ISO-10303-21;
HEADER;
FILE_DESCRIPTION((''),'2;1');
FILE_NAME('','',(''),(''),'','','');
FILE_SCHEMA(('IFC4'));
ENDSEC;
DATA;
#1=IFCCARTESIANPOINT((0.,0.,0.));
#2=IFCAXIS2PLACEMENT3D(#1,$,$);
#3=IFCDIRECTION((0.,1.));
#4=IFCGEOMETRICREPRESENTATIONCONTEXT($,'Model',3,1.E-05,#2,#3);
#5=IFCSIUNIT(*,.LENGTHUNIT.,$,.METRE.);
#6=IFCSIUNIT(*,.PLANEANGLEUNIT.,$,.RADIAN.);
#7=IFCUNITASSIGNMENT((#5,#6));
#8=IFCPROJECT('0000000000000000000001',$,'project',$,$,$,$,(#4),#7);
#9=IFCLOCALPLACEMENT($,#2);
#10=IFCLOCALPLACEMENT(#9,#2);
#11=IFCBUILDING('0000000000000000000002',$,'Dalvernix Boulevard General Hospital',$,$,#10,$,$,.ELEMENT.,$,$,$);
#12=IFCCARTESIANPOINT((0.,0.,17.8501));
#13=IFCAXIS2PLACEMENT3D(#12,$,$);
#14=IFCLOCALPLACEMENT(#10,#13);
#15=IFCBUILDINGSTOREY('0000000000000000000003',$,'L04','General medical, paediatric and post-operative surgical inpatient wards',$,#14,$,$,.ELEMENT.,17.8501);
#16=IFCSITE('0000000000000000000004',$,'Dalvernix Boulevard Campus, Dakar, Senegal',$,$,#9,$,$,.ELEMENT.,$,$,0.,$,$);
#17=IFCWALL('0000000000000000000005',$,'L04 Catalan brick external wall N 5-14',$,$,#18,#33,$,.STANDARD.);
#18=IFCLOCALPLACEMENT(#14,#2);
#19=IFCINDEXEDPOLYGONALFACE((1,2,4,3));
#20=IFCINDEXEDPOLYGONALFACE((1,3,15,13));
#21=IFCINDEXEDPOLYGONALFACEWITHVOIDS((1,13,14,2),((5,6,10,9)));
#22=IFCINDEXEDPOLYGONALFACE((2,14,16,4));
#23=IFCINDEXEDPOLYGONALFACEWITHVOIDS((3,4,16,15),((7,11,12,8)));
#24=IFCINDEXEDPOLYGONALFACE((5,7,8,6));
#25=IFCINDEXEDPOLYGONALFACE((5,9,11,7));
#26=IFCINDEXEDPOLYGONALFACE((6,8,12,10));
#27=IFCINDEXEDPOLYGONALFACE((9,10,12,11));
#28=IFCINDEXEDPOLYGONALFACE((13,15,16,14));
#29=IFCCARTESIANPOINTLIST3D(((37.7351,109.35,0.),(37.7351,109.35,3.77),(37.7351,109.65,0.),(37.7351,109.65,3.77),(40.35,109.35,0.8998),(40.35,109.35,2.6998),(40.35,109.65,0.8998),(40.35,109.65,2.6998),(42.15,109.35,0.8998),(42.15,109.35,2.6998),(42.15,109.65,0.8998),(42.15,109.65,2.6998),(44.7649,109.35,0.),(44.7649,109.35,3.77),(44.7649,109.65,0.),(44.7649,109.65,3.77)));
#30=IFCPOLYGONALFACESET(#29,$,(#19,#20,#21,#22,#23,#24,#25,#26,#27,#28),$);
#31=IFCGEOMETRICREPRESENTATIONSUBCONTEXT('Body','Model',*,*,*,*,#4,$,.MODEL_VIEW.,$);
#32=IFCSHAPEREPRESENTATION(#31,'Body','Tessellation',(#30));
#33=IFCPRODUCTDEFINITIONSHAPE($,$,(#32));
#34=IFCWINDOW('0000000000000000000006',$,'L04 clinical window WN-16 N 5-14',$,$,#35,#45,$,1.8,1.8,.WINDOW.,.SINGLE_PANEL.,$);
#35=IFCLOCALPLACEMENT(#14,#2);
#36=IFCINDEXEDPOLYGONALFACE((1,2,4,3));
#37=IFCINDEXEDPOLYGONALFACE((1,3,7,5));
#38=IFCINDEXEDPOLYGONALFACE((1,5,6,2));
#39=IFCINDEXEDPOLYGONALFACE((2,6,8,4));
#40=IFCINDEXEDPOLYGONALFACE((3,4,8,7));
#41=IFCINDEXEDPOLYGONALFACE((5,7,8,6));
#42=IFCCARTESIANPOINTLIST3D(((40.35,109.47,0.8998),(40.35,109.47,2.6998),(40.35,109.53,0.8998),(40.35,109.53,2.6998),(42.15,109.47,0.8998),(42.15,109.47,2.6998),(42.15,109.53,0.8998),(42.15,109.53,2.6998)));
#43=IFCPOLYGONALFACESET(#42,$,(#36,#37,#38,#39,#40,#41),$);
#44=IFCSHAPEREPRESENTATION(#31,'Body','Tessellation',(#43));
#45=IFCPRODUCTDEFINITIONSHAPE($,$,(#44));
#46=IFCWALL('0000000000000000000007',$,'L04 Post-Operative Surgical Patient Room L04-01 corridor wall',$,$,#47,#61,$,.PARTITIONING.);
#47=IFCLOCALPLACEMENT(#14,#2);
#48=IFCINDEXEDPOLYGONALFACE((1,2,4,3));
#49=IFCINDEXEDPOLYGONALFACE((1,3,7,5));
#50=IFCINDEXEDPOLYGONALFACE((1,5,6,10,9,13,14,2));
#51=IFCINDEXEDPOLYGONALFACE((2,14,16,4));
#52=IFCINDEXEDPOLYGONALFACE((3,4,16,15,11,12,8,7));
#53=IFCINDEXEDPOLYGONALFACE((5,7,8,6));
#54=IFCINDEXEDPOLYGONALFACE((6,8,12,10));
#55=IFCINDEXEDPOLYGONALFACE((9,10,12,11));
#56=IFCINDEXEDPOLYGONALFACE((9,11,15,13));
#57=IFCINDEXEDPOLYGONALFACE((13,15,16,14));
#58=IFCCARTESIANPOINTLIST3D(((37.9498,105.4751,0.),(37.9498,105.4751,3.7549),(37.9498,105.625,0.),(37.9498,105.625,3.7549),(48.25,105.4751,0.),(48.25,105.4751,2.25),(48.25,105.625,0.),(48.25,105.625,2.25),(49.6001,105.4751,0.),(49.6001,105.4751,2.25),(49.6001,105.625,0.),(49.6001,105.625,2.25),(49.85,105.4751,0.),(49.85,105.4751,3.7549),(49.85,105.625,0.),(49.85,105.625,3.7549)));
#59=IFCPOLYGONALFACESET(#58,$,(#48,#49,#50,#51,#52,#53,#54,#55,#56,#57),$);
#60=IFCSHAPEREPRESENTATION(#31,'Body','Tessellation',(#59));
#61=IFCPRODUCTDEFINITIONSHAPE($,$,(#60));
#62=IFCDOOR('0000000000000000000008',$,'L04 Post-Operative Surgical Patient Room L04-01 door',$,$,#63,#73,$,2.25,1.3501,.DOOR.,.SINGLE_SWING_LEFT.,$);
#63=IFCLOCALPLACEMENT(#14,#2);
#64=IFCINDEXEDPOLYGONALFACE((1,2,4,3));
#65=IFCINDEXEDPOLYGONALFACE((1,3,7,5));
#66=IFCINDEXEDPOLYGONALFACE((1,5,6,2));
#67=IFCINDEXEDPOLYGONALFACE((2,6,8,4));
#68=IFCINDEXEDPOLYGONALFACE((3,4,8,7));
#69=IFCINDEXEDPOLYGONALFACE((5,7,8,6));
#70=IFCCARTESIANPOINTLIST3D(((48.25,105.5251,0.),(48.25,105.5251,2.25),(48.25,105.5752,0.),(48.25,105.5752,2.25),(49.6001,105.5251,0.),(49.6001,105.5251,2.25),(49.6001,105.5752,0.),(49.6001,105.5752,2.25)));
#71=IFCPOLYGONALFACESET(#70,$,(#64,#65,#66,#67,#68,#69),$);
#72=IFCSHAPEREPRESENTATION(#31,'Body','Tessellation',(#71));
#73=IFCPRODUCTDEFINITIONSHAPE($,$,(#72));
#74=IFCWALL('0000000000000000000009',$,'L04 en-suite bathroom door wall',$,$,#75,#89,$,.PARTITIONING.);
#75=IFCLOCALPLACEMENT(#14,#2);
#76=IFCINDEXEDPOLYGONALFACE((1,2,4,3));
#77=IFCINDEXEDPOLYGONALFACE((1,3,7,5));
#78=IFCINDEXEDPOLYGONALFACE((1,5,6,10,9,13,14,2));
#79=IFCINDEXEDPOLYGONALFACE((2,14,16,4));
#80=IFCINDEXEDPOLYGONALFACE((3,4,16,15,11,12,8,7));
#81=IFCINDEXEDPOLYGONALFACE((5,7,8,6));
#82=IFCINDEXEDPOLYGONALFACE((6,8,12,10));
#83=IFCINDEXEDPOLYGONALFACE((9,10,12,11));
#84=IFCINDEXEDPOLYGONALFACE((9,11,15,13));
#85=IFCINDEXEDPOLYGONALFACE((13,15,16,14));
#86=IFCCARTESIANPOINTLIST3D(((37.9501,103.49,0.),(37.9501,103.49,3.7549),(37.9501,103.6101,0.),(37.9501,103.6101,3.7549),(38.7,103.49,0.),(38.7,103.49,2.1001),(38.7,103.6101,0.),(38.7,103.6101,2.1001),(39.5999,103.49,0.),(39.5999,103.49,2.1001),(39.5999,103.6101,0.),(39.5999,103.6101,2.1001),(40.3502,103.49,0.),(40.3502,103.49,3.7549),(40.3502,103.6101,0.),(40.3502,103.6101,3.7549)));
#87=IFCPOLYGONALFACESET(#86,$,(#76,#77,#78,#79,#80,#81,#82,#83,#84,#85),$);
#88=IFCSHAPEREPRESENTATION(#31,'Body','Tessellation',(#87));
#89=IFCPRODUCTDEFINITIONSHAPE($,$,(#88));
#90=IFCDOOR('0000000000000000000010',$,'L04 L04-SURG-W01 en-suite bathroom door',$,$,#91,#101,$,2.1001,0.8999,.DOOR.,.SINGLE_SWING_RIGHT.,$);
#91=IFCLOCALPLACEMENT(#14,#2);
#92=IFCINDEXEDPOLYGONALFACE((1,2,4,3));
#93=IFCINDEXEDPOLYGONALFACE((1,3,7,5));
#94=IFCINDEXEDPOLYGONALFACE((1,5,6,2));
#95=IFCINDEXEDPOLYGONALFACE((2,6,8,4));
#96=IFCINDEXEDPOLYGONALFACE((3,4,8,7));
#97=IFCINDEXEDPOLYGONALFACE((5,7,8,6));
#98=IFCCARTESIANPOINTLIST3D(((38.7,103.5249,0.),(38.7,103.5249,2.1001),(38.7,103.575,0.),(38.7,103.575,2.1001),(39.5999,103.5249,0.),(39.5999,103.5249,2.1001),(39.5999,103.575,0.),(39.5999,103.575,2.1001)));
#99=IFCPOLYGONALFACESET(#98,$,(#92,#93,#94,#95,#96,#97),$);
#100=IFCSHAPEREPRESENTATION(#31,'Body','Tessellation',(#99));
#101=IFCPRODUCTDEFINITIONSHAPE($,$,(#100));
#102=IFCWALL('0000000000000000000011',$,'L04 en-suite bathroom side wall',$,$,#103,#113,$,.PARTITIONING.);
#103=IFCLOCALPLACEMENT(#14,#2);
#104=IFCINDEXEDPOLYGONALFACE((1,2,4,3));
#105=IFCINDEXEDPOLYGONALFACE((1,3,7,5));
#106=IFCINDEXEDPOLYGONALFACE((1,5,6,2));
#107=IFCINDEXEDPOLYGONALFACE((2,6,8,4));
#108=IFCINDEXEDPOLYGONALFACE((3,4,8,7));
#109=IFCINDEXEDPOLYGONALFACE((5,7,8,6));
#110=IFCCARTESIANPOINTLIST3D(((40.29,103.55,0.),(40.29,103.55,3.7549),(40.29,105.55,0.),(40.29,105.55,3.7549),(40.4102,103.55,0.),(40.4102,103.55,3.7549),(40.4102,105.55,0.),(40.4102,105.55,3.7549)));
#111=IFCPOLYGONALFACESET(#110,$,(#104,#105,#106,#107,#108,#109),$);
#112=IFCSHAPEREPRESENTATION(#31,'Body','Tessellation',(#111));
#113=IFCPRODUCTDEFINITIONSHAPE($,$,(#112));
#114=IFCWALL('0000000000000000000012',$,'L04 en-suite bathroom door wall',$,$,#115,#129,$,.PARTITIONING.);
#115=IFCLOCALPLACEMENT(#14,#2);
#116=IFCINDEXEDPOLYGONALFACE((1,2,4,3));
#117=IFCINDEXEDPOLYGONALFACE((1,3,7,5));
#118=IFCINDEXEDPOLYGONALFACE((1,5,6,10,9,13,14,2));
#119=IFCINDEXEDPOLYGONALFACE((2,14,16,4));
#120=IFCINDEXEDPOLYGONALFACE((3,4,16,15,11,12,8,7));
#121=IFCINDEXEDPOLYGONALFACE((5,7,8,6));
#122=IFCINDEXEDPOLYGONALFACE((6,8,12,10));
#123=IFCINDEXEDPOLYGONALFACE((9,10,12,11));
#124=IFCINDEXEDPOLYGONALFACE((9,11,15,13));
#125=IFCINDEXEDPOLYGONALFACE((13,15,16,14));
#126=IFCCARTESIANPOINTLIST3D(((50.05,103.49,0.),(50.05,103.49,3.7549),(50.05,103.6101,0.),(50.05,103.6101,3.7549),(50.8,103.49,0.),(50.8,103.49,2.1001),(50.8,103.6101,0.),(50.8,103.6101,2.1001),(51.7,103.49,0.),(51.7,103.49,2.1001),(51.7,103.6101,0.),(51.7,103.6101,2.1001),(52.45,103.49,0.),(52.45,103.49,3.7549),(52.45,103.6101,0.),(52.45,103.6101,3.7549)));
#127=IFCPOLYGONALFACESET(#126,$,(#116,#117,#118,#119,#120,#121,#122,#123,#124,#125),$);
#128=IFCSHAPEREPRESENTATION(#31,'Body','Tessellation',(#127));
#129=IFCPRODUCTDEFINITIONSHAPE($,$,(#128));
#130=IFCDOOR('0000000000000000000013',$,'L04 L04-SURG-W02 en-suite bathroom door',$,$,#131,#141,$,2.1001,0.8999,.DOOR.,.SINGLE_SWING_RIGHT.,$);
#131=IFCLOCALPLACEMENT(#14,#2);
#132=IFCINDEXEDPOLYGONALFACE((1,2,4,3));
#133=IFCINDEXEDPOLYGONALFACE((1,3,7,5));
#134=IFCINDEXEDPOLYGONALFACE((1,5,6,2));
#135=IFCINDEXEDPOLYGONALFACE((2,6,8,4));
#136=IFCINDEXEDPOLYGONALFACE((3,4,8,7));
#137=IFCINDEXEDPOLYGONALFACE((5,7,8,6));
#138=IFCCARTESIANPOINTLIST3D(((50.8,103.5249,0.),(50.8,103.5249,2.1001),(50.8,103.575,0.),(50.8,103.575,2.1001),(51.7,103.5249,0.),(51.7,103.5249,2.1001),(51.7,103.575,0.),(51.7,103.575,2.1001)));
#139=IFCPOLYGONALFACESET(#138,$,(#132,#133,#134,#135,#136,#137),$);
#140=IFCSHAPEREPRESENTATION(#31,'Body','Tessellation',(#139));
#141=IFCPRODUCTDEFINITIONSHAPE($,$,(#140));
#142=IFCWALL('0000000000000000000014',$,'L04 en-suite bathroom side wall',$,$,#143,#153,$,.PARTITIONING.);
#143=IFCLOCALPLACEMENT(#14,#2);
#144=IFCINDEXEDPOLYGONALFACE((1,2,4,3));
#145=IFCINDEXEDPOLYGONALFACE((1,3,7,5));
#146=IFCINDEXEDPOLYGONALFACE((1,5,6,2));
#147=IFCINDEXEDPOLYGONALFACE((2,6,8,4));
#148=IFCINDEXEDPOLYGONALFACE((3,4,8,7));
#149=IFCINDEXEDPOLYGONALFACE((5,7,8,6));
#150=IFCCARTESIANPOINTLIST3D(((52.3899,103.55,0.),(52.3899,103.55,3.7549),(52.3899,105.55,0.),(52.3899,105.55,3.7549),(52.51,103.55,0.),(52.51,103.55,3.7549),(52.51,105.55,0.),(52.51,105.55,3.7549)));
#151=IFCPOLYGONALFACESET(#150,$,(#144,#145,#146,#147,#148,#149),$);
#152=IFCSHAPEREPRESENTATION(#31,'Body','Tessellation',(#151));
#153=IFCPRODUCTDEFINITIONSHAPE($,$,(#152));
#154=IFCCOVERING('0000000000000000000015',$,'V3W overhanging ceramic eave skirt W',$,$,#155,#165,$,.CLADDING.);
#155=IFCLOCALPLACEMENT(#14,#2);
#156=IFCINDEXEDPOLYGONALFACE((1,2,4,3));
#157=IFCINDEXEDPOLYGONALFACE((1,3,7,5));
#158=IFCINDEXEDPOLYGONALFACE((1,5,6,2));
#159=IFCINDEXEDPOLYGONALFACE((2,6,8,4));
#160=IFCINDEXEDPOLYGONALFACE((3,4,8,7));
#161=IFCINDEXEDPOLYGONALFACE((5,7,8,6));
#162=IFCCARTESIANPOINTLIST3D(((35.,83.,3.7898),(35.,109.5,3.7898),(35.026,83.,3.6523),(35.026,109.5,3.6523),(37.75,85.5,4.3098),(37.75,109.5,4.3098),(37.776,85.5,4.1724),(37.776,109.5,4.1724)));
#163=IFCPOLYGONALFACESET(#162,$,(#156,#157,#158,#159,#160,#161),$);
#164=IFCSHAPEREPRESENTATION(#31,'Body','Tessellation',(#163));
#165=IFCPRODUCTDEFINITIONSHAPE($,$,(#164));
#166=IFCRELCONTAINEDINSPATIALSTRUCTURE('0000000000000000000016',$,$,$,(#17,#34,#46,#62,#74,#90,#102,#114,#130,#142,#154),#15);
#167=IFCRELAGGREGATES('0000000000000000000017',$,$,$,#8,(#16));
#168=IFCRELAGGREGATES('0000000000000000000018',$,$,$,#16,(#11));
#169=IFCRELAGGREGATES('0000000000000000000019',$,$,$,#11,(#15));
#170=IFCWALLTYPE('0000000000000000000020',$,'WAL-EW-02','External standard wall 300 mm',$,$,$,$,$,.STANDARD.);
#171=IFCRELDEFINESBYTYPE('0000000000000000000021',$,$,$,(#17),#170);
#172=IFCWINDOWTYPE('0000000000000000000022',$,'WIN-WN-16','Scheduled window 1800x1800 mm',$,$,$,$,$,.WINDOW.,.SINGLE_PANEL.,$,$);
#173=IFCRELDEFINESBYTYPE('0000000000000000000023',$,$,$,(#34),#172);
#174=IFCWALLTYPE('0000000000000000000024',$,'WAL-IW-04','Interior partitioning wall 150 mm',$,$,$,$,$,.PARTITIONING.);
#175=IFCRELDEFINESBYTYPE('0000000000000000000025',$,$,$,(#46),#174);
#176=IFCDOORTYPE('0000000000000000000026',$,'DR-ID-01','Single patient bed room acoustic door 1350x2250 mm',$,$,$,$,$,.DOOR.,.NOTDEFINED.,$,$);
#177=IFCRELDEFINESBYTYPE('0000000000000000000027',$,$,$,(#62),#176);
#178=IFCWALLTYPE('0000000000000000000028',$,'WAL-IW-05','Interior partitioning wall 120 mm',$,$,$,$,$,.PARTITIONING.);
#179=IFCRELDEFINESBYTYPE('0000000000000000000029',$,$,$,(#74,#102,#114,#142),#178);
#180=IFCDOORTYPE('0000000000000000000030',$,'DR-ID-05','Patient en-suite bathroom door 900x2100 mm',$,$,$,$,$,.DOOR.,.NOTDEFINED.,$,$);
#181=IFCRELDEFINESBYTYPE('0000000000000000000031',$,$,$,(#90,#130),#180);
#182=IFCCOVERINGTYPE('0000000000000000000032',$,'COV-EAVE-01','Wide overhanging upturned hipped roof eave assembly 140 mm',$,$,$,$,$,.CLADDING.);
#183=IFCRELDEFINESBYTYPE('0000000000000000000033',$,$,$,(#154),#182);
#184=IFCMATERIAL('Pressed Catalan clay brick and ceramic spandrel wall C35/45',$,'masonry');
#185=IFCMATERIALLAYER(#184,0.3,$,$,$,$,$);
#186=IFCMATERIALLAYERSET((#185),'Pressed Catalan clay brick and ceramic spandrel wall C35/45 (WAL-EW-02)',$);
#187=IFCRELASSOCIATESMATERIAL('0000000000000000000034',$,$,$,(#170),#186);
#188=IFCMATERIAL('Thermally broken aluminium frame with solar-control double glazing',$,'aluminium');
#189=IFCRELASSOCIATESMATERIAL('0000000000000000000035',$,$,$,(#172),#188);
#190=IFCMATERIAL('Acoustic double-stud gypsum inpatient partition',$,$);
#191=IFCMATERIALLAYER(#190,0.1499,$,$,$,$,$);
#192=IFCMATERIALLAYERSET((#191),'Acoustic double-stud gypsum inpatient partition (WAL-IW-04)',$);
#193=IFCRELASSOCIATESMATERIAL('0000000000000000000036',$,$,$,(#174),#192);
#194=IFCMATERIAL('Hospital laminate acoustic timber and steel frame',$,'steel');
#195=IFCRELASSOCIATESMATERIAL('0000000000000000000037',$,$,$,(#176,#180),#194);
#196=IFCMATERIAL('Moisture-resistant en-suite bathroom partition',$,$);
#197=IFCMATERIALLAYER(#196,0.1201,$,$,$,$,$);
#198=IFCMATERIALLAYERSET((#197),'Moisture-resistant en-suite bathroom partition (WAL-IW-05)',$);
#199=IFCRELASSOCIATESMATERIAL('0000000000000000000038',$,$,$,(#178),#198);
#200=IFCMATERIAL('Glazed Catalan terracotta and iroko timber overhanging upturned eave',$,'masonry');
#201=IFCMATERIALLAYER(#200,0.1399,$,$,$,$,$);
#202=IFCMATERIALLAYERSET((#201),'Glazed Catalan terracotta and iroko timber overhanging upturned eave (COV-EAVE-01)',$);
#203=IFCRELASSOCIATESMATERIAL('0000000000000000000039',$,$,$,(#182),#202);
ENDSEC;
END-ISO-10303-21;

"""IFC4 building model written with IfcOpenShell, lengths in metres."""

from ifc_helpers import new_model, si_unit, direction, frame, frame_2d, origin, place, context, subcontext, project, spatial, polyline, rectangle, outline, extrude, material, layer, layer_set, type_object, element, fill, save


model = new_model("IFC4")

# Units and contexts
model_context = context("Model", 3, precision=1e-05, world=origin(), true_north=direction((0.0, 1.0)))
body_context = subcontext(model_context, "Body", "Model", "MODEL_VIEW")
ifc_project = project(units=[si_unit("LENGTHUNIT", "METRE"), si_unit("PLANEANGLEUNIT", "RADIAN")], contexts=[model_context])

# Site, building, storey
site_placement = place(None, origin())
site = spatial("IfcSite", under=ifc_project, at=site_placement, Name="Dalvernix Boulevard Campus, Dakar, Senegal", CompositionType="ELEMENT", RefElevation=0.0)
building_placement = place(site_placement, origin())
building = spatial("IfcBuilding", under=site, at=building_placement, Name="Dalvernix Boulevard General Hospital", CompositionType="ELEMENT")
storey_placement = place(building_placement, frame((0.0, 0.0, 17.8501)))
storey = spatial("IfcBuildingStorey", under=building, at=storey_placement, Name="L04", Description="General medical, paediatric and post-operative surgical inpatient wards", CompositionType="ELEMENT", Elevation=17.8501)

# Wall, opening, window
ifc_material_1 = material(Name="Pressed Catalan clay brick and ceramic spandrel wall C35/45", Category="masonry")
ifc_layer_1 = layer(ifc_material_1, 0.3)
ifc_layer_set_1 = layer_set([ifc_layer_1], Name="Pressed Catalan clay brick and ceramic spandrel wall C35/45 (WAL-EW-02)")
wall_type_1 = type_object("IfcWallType", Name="WAL-EW-02", Description="External standard wall 300 mm", PredefinedType="STANDARD", material=ifc_layer_set_1)
wall_1_placement = place(storey_placement, frame((37.7351, 109.5, 0.0), z_axis=(0.0, 0.0, 1.0), x_axis=(1.0, 0.0, 0.0)))
wall_1 = element("IfcWall", 1, at=wall_1_placement, inside=storey, type_object=wall_type_1, Name="L04 Catalan brick external wall N 5-14", PredefinedType="STANDARD", context=body_context, shape_type="SweptSolid", body=[
    extrude(rectangle(XDim=7.0298, YDim=0.3, at=frame_2d((3.5149, 0.0))), origin(), (0.0, 0.0, 1.0), 3.77),
])
opening_1_placement = place(wall_1_placement, frame((2.615, 0.0, 0.8999)))
opening_1 = element("IfcOpeningElement", 2, at=opening_1_placement, cuts=wall_1, PredefinedType="OPENING", context=body_context, shape_type="SweptSolid", body=[
    extrude(rectangle(XDim=1.8, YDim=1.8, at=frame_2d((0.8999, 0.8999))), frame((0.0, 0.1599, 0.0), z_axis=(0.0, -1.0, 0.0), x_axis=(1.0, 0.0, 0.0)), (0.0, 0.0, 1.0), 0.3201),
])
ifc_material_2 = material(Name="Thermally broken aluminium frame with solar-control double glazing", Category="aluminium")
window_type = type_object("IfcWindowType", Name="WIN-WN-16", Description="Scheduled window 1800x1800 mm", PartitioningType="SINGLE_PANEL", PredefinedType="WINDOW", material=ifc_material_2)
window_placement = place(opening_1_placement, origin())
window = element("IfcWindow", 3, at=window_placement, inside=storey, type_object=window_type, Name="L04 clinical window WN-16 N 5-14", OverallHeight=1.8, OverallWidth=1.8, PartitioningType="SINGLE_PANEL", PredefinedType="WINDOW", context=body_context, shape_type="SweptSolid", body=[
    extrude(rectangle(XDim=1.8, YDim=1.8, at=frame_2d((0.8999, 0.8999))), frame((0.0, 0.03, 0.0), z_axis=(0.0, -1.0, 0.0), x_axis=(1.0, 0.0, 0.0)), (0.0, 0.0, 1.0), 0.0601),
])
fill(opening_1, window)

# Walls, openings, doors
ifc_material_3 = material(Name="Acoustic double-stud gypsum inpatient partition")
ifc_layer_2 = layer(ifc_material_3, 0.1499)
ifc_layer_set_2 = layer_set([ifc_layer_2], Name="Acoustic double-stud gypsum inpatient partition (WAL-IW-04)")
wall_type_2 = type_object("IfcWallType", Name="WAL-IW-04", Description="Interior partitioning wall 150 mm", PredefinedType="PARTITIONING", material=ifc_layer_set_2)
wall_2_placement = place(storey_placement, frame((49.8501, 105.55, 0.0), z_axis=(0.0, 0.0, 1.0), x_axis=(-1.0, 0.0, 0.0)))
wall_2 = element("IfcWall", 4, at=wall_2_placement, inside=storey, type_object=wall_type_2, Name="L04 Post-Operative Surgical Patient Room L04-01 corridor wall", PredefinedType="PARTITIONING", context=body_context, shape_type="SweptSolid", body=[
    extrude(rectangle(XDim=11.9001, YDim=0.1499, at=frame_2d((5.9502, 0.0))), origin(), (0.0, 0.0, 1.0), 3.7549),
])
opening_2_placement = place(wall_2_placement, frame((0.25, 0.0, 0.0)))
opening_2 = element("IfcOpeningElement", 5, at=opening_2_placement, cuts=wall_2, PredefinedType="OPENING", context=body_context, shape_type="SweptSolid", body=[
    extrude(rectangle(XDim=1.3501, YDim=2.25, at=frame_2d((0.675, 1.125))), frame((0.0, 0.085, 0.0), z_axis=(0.0, -1.0, 0.0), x_axis=(1.0, 0.0, 0.0)), (0.0, 0.0, 1.0), 0.1699),
])
ifc_material_4 = material(Name="Hospital laminate acoustic timber and steel frame", Category="steel")
door_type_1 = type_object("IfcDoorType", Name="DR-ID-01", Description="Single patient bed room acoustic door 1350x2250 mm", OperationType="NOTDEFINED", PredefinedType="DOOR", material=ifc_material_4)
door_1_placement = place(opening_2_placement, origin())
door_1 = element("IfcDoor", 6, at=door_1_placement, inside=storey, type_object=door_type_1, Name="L04 Post-Operative Surgical Patient Room L04-01 door", OperationType="SINGLE_SWING_LEFT", OverallHeight=2.25, OverallWidth=1.3501, PredefinedType="DOOR", context=body_context, shape_type="SweptSolid", body=[
    extrude(rectangle(XDim=1.3501, YDim=2.25, at=frame_2d((0.675, 1.125))), frame((0.0, 0.0249, 0.0), z_axis=(0.0, -1.0, 0.0), x_axis=(1.0, 0.0, 0.0)), (0.0, 0.0, 1.0), 0.05),
])
fill(opening_2, door_1)
ifc_material_5 = material(Name="Moisture-resistant en-suite bathroom partition")
ifc_layer_3 = layer(ifc_material_5, 0.1201)
ifc_layer_set_3 = layer_set([ifc_layer_3], Name="Moisture-resistant en-suite bathroom partition (WAL-IW-05)")
wall_type_3 = type_object("IfcWallType", Name="WAL-IW-05", Description="Interior partitioning wall 120 mm", PredefinedType="PARTITIONING", material=ifc_layer_set_3)
wall_3_placement = place(storey_placement, frame((37.95, 103.55, 0.0), z_axis=(0.0, 0.0, 1.0), x_axis=(1.0, 0.0, 0.0)))
wall_3 = element("IfcWall", 7, at=wall_3_placement, inside=storey, type_object=wall_type_3, Name="L04 en-suite bathroom door wall", PredefinedType="PARTITIONING", context=body_context, shape_type="SweptSolid", body=[
    extrude(rectangle(XDim=2.4001, YDim=0.1201, at=frame_2d((1.2002, 0.0))), origin(), (0.0, 0.0, 1.0), 3.7549),
])
opening_3_placement = place(wall_3_placement, frame((0.75, 0.0, 0.0)))
opening_3 = element("IfcOpeningElement", 8, at=opening_3_placement, cuts=wall_3, PredefinedType="OPENING", context=body_context, shape_type="SweptSolid", body=[
    extrude(rectangle(XDim=0.8999, YDim=2.1001, at=frame_2d((0.45, 1.05))), frame((0.0, 0.0701, 0.0), z_axis=(0.0, -1.0, 0.0), x_axis=(1.0, 0.0, 0.0)), (0.0, 0.0, 1.0), 0.1401),
])
door_type_2 = type_object("IfcDoorType", Name="DR-ID-05", Description="Patient en-suite bathroom door 900x2100 mm", OperationType="NOTDEFINED", PredefinedType="DOOR", material=ifc_material_4)
door_2_placement = place(opening_3_placement, origin())
door_2 = element("IfcDoor", 9, at=door_2_placement, inside=storey, type_object=door_type_2, Name="L04 L04-SURG-W01 en-suite bathroom door", OperationType="SINGLE_SWING_RIGHT", OverallHeight=2.1001, OverallWidth=0.8999, PredefinedType="DOOR", context=body_context, shape_type="SweptSolid", body=[
    extrude(rectangle(XDim=0.8999, YDim=2.1001, at=frame_2d((0.45, 1.05))), frame((0.0, 0.0249, 0.0), z_axis=(0.0, -1.0, 0.0), x_axis=(1.0, 0.0, 0.0)), (0.0, 0.0, 1.0), 0.05),
])
fill(opening_3, door_2)

# Wall
wall_4_placement = place(storey_placement, frame((40.3501, 103.55, 0.0), z_axis=(0.0, 0.0, 1.0), x_axis=(0.0, 1.0, 0.0)))
element("IfcWall", 10, at=wall_4_placement, inside=storey, type_object=wall_type_3, Name="L04 en-suite bathroom side wall", PredefinedType="PARTITIONING", context=body_context, shape_type="SweptSolid", body=[
    extrude(rectangle(XDim=2.0, YDim=0.1201, at=frame_2d((1.0, 0.0))), origin(), (0.0, 0.0, 1.0), 3.7549),
])

# Wall, opening, door
wall_5_placement = place(storey_placement, frame((50.05, 103.55, 0.0), z_axis=(0.0, 0.0, 1.0), x_axis=(1.0, 0.0, 0.0)))
wall_5 = element("IfcWall", 11, at=wall_5_placement, inside=storey, type_object=wall_type_3, Name="L04 en-suite bathroom door wall", PredefinedType="PARTITIONING", context=body_context, shape_type="SweptSolid", body=[
    extrude(rectangle(XDim=2.3999, YDim=0.1201, at=frame_2d((1.2, 0.0))), origin(), (0.0, 0.0, 1.0), 3.7549),
])
opening_4_placement = place(wall_5_placement, frame((0.75, 0.0, 0.0)))
opening_4 = element("IfcOpeningElement", 12, at=opening_4_placement, cuts=wall_5, PredefinedType="OPENING", context=body_context, shape_type="SweptSolid", body=[
    extrude(rectangle(XDim=0.8999, YDim=2.1001, at=frame_2d((0.45, 1.05))), frame((0.0, 0.0701, 0.0), z_axis=(0.0, -1.0, 0.0), x_axis=(1.0, 0.0, 0.0)), (0.0, 0.0, 1.0), 0.1401),
])
door_3_placement = place(opening_4_placement, origin())
door_3 = element("IfcDoor", 13, at=door_3_placement, inside=storey, type_object=door_type_2, Name="L04 L04-SURG-W02 en-suite bathroom door", OperationType="SINGLE_SWING_RIGHT", OverallHeight=2.1001, OverallWidth=0.8999, PredefinedType="DOOR", context=body_context, shape_type="SweptSolid", body=[
    extrude(rectangle(XDim=0.8999, YDim=2.1001, at=frame_2d((0.45, 1.05))), frame((0.0, 0.0249, 0.0), z_axis=(0.0, -1.0, 0.0), x_axis=(1.0, 0.0, 0.0)), (0.0, 0.0, 1.0), 0.05),
])
fill(opening_4, door_3)

# Wall
wall_6_placement = place(storey_placement, frame((52.45, 103.55, 0.0), z_axis=(0.0, 0.0, 1.0), x_axis=(0.0, 1.0, 0.0)))
element("IfcWall", 14, at=wall_6_placement, inside=storey, type_object=wall_type_3, Name="L04 en-suite bathroom side wall", PredefinedType="PARTITIONING", context=body_context, shape_type="SweptSolid", body=[
    extrude(rectangle(XDim=2.0, YDim=0.1201, at=frame_2d((1.0, 0.0))), origin(), (0.0, 0.0, 1.0), 3.7549),
])

# Covering
ifc_material_6 = material(Name="Glazed Catalan terracotta and iroko timber overhanging upturned eave", Category="masonry")
ifc_layer_4 = layer(ifc_material_6, 0.1399)
ifc_layer_set_4 = layer_set([ifc_layer_4], Name="Glazed Catalan terracotta and iroko timber overhanging upturned eave (COV-EAVE-01)")
covering_type = type_object("IfcCoveringType", Name="COV-EAVE-01", Description="Wide overhanging upturned hipped roof eave assembly 140 mm", PredefinedType="CLADDING", material=ifc_layer_set_4)
covering_placement = place(storey_placement, frame((37.75, 109.5, 4.3098), z_axis=(-0.185805, 0.0, 0.982587), x_axis=(0.0, -1.0, 0.0)))
element("IfcCovering", 15, at=covering_placement, inside=storey, type_object=covering_type, Name="V3W overhanging ceramic eave skirt W", PredefinedType="CLADDING", context=body_context, shape_type="SweptSolid", body=[
    extrude(outline(polyline([(0.0, 0.0), (24.0, 0.0), (26.5, -2.7987), (0.0, -2.7987), (0.0, 0.0)])), origin(), (0.0, 0.0, -1.0), 0.1399),
])

save(model, "model.ifc")
